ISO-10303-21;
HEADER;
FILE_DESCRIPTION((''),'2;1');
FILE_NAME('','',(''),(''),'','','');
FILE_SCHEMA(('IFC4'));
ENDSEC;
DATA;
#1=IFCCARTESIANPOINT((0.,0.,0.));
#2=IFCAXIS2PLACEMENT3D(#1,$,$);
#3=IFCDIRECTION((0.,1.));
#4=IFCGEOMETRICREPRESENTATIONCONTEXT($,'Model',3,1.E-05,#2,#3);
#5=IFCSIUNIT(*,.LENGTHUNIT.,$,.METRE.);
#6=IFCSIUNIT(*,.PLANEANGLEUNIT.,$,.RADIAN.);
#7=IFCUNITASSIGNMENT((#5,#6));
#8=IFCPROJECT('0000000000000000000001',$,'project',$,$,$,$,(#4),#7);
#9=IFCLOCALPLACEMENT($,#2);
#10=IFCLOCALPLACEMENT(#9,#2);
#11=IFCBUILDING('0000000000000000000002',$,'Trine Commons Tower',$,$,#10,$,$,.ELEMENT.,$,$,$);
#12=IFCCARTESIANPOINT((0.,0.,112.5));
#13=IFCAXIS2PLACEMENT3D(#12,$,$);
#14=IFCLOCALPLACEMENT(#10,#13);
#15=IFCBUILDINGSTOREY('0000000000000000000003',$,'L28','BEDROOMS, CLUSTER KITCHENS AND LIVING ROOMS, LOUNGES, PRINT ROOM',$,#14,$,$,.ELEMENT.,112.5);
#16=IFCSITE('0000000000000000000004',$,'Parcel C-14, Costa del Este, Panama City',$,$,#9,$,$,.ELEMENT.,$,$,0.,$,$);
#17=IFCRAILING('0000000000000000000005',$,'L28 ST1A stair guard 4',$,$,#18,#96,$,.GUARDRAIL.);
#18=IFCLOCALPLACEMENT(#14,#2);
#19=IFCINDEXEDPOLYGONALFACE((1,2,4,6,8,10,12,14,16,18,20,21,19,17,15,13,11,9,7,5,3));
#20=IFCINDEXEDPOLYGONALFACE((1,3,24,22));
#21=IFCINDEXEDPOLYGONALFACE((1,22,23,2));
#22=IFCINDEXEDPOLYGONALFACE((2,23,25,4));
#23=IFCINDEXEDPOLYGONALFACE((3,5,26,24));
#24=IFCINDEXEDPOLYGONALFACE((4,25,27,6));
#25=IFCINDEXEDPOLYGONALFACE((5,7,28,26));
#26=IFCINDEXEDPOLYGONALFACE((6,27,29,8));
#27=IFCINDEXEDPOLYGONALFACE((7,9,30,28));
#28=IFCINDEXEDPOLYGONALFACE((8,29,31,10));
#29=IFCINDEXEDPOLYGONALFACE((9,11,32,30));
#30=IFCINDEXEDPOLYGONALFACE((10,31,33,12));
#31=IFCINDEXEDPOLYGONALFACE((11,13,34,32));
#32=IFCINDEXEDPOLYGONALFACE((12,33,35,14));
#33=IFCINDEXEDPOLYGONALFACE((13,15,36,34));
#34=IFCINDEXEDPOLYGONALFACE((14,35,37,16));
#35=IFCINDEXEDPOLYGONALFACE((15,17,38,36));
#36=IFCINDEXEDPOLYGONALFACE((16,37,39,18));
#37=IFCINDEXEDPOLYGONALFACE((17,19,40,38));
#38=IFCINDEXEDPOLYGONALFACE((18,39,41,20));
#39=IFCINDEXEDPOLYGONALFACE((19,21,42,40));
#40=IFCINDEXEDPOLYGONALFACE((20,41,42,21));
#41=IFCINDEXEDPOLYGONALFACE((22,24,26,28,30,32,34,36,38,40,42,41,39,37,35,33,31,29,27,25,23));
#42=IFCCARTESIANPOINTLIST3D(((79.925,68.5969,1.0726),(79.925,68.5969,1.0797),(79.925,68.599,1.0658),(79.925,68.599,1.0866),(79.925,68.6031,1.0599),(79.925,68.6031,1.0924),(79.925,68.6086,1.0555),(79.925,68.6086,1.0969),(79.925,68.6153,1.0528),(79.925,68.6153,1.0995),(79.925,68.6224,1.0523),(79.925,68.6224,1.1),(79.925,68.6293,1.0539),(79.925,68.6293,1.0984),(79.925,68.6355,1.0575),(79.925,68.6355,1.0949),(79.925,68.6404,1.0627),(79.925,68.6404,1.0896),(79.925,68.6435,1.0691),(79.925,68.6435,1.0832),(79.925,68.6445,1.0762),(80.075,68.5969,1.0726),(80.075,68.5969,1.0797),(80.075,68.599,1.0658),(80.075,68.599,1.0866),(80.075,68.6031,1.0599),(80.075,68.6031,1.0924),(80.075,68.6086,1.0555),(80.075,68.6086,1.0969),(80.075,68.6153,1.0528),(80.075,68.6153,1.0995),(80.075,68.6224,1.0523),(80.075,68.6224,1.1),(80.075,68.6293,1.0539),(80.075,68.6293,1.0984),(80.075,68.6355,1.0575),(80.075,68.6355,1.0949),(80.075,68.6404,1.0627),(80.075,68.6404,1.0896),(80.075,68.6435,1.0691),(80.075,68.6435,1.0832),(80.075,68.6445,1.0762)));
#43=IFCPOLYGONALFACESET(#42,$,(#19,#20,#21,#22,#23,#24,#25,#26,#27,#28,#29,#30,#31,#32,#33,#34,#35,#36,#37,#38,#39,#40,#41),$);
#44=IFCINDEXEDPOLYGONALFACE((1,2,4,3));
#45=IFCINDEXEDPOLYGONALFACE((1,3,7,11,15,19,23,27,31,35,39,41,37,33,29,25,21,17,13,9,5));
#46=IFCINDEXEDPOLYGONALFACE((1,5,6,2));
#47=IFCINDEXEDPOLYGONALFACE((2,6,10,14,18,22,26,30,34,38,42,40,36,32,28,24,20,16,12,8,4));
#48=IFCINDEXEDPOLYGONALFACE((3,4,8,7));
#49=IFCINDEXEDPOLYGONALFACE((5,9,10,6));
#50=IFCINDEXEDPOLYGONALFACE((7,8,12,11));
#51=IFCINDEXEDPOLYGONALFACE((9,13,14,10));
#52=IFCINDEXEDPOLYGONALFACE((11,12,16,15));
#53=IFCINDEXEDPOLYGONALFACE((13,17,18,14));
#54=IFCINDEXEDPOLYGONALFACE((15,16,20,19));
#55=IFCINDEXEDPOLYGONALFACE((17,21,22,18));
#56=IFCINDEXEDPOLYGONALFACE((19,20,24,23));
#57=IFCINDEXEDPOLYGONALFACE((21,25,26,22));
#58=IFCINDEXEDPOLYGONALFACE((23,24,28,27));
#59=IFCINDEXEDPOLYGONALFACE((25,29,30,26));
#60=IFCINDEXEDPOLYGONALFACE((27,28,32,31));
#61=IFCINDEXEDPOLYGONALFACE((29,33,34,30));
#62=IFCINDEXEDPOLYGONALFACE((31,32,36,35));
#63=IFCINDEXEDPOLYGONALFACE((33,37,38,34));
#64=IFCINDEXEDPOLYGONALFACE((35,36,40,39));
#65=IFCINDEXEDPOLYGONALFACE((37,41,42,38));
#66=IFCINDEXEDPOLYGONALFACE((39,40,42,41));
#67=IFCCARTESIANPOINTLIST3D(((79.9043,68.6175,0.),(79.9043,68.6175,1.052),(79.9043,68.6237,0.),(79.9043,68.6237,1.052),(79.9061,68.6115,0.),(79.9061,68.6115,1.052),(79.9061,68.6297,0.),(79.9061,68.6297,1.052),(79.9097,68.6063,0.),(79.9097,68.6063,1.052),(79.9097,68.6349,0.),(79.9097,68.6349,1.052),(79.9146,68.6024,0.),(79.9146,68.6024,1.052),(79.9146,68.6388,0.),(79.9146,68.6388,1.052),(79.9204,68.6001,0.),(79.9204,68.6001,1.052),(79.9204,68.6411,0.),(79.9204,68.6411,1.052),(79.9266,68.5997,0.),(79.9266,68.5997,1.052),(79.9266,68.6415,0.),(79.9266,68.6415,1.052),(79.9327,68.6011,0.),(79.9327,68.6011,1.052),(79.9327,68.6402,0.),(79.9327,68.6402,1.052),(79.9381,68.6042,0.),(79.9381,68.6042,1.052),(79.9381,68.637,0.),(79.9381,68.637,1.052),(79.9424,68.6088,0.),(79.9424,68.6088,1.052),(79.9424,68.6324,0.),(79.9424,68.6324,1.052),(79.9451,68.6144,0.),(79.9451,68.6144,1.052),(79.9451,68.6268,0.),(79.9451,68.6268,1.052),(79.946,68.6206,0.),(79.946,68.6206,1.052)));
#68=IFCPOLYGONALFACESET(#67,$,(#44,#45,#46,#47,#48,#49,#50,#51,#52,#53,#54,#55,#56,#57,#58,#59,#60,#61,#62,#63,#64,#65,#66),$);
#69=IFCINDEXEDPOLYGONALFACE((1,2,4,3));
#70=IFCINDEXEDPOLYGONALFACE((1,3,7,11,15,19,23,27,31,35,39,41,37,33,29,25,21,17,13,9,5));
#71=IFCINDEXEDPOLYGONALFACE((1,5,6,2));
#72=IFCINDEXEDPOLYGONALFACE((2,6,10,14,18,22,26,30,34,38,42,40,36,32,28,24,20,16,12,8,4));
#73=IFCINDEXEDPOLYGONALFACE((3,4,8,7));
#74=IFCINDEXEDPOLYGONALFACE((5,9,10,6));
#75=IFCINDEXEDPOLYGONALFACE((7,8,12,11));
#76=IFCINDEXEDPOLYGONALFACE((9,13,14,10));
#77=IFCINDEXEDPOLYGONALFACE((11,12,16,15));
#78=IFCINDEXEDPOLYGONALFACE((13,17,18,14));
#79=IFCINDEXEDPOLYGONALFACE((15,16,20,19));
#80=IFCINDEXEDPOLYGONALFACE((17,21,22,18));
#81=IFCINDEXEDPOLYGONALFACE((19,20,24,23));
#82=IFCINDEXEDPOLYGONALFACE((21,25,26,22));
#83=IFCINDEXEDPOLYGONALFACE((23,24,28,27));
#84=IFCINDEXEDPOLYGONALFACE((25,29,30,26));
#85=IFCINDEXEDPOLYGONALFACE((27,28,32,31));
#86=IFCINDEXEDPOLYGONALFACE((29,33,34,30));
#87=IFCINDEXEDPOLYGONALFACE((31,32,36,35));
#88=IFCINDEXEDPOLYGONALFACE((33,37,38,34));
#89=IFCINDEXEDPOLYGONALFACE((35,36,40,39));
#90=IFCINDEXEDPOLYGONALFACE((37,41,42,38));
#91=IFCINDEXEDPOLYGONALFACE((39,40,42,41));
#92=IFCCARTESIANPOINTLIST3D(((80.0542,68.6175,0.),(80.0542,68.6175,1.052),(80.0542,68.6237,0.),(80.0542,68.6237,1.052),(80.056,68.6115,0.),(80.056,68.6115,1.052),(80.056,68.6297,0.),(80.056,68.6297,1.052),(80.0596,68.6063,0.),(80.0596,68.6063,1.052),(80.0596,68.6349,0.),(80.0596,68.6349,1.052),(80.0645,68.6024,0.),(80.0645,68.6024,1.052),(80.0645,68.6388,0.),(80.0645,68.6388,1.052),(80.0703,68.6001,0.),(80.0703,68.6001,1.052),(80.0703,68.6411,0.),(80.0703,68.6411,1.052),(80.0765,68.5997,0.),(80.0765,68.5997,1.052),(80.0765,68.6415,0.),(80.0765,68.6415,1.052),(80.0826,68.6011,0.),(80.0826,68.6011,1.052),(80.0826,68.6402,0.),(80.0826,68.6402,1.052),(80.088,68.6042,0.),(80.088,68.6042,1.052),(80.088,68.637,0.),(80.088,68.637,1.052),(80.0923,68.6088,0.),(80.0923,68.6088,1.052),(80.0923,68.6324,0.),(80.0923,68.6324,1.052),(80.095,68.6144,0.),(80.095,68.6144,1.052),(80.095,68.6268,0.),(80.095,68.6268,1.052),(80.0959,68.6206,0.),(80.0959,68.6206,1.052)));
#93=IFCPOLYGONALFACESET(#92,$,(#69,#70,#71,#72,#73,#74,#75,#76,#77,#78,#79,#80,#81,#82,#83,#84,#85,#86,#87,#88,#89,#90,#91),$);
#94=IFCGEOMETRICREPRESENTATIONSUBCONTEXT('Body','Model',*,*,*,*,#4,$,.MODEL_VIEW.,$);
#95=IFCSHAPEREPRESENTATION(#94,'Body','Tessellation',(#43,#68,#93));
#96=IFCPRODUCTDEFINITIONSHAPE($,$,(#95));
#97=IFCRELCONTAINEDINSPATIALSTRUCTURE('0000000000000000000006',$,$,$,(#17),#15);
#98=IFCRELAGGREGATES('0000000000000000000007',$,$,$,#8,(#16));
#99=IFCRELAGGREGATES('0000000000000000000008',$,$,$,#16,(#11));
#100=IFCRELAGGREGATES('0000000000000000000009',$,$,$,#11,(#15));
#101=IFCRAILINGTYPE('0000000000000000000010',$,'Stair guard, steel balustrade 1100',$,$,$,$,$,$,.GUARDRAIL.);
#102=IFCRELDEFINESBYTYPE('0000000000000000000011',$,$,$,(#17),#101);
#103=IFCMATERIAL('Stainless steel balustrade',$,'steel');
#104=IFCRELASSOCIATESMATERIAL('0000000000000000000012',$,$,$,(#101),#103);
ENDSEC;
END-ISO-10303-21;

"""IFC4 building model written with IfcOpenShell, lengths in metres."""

from ifc_helpers import new_model, si_unit, direction, frame, origin, origin_2d, place, context, subcontext, project, spatial, circle, extrude, material, type_object, element, save


model = new_model("IFC4")

# Units and contexts
model_context = context("Model", 3, precision=1e-05, world=origin(), true_north=direction((0.0, 1.0)))
body_context = subcontext(model_context, "Body", "Model", "MODEL_VIEW")
ifc_project = project(units=[si_unit("LENGTHUNIT", "METRE"), si_unit("PLANEANGLEUNIT", "RADIAN")], contexts=[model_context])

# Site, building, storey
site_placement = place(None, origin())
site = spatial("IfcSite", under=ifc_project, at=site_placement, Name="Parcel C-14, Costa del Este, Panama City", CompositionType="ELEMENT", RefElevation=0.0)
building_placement = place(site_placement, origin())
building = spatial("IfcBuilding", under=site, at=building_placement, Name="Trine Commons Tower", CompositionType="ELEMENT")
storey_placement = place(building_placement, frame((0.0, 0.0, 112.5)))
storey = spatial("IfcBuildingStorey", under=building, at=storey_placement, Name="L28", Description="BEDROOMS, CLUSTER KITCHENS AND LIVING ROOMS, LOUNGES, PRINT ROOM", CompositionType="ELEMENT", Elevation=112.5)

# Railing
ifc_material_1 = material(Name="Stainless steel balustrade", Category="steel")
railing_type_1 = type_object("IfcRailingType", Name="Stair guard, steel balustrade 1100", PredefinedType="GUARDRAIL", material=ifc_material_1)
railing_1_placement = place(storey_placement, frame((79.925, 68.6206, 0.0)))
element("IfcRailing", 1, at=railing_1_placement, inside=storey, type_object=railing_type_1, Name="L28 ST1A stair guard 4", PredefinedType="GUARDRAIL", context=body_context, shape_type="SweptSolid", body=[
    extrude(circle(Radius=0.0239, at=origin_2d()), frame((0.0, 0.0, 1.0762), z_axis=(1.0, 0.0, 0.0), x_axis=(0.0, 1.0, 0.0)), (0.0, 0.0, 1.0), 0.1499),
    extrude(circle(Radius=0.021, at=origin_2d()), origin(), (0.0, 0.0, 1.0), 1.052),
    extrude(circle(Radius=0.021, at=origin_2d()), frame((0.1499, 0.0, 0.0)), (0.0, 0.0, 1.0), 1.052),
])

save(model, "model.ifc")
